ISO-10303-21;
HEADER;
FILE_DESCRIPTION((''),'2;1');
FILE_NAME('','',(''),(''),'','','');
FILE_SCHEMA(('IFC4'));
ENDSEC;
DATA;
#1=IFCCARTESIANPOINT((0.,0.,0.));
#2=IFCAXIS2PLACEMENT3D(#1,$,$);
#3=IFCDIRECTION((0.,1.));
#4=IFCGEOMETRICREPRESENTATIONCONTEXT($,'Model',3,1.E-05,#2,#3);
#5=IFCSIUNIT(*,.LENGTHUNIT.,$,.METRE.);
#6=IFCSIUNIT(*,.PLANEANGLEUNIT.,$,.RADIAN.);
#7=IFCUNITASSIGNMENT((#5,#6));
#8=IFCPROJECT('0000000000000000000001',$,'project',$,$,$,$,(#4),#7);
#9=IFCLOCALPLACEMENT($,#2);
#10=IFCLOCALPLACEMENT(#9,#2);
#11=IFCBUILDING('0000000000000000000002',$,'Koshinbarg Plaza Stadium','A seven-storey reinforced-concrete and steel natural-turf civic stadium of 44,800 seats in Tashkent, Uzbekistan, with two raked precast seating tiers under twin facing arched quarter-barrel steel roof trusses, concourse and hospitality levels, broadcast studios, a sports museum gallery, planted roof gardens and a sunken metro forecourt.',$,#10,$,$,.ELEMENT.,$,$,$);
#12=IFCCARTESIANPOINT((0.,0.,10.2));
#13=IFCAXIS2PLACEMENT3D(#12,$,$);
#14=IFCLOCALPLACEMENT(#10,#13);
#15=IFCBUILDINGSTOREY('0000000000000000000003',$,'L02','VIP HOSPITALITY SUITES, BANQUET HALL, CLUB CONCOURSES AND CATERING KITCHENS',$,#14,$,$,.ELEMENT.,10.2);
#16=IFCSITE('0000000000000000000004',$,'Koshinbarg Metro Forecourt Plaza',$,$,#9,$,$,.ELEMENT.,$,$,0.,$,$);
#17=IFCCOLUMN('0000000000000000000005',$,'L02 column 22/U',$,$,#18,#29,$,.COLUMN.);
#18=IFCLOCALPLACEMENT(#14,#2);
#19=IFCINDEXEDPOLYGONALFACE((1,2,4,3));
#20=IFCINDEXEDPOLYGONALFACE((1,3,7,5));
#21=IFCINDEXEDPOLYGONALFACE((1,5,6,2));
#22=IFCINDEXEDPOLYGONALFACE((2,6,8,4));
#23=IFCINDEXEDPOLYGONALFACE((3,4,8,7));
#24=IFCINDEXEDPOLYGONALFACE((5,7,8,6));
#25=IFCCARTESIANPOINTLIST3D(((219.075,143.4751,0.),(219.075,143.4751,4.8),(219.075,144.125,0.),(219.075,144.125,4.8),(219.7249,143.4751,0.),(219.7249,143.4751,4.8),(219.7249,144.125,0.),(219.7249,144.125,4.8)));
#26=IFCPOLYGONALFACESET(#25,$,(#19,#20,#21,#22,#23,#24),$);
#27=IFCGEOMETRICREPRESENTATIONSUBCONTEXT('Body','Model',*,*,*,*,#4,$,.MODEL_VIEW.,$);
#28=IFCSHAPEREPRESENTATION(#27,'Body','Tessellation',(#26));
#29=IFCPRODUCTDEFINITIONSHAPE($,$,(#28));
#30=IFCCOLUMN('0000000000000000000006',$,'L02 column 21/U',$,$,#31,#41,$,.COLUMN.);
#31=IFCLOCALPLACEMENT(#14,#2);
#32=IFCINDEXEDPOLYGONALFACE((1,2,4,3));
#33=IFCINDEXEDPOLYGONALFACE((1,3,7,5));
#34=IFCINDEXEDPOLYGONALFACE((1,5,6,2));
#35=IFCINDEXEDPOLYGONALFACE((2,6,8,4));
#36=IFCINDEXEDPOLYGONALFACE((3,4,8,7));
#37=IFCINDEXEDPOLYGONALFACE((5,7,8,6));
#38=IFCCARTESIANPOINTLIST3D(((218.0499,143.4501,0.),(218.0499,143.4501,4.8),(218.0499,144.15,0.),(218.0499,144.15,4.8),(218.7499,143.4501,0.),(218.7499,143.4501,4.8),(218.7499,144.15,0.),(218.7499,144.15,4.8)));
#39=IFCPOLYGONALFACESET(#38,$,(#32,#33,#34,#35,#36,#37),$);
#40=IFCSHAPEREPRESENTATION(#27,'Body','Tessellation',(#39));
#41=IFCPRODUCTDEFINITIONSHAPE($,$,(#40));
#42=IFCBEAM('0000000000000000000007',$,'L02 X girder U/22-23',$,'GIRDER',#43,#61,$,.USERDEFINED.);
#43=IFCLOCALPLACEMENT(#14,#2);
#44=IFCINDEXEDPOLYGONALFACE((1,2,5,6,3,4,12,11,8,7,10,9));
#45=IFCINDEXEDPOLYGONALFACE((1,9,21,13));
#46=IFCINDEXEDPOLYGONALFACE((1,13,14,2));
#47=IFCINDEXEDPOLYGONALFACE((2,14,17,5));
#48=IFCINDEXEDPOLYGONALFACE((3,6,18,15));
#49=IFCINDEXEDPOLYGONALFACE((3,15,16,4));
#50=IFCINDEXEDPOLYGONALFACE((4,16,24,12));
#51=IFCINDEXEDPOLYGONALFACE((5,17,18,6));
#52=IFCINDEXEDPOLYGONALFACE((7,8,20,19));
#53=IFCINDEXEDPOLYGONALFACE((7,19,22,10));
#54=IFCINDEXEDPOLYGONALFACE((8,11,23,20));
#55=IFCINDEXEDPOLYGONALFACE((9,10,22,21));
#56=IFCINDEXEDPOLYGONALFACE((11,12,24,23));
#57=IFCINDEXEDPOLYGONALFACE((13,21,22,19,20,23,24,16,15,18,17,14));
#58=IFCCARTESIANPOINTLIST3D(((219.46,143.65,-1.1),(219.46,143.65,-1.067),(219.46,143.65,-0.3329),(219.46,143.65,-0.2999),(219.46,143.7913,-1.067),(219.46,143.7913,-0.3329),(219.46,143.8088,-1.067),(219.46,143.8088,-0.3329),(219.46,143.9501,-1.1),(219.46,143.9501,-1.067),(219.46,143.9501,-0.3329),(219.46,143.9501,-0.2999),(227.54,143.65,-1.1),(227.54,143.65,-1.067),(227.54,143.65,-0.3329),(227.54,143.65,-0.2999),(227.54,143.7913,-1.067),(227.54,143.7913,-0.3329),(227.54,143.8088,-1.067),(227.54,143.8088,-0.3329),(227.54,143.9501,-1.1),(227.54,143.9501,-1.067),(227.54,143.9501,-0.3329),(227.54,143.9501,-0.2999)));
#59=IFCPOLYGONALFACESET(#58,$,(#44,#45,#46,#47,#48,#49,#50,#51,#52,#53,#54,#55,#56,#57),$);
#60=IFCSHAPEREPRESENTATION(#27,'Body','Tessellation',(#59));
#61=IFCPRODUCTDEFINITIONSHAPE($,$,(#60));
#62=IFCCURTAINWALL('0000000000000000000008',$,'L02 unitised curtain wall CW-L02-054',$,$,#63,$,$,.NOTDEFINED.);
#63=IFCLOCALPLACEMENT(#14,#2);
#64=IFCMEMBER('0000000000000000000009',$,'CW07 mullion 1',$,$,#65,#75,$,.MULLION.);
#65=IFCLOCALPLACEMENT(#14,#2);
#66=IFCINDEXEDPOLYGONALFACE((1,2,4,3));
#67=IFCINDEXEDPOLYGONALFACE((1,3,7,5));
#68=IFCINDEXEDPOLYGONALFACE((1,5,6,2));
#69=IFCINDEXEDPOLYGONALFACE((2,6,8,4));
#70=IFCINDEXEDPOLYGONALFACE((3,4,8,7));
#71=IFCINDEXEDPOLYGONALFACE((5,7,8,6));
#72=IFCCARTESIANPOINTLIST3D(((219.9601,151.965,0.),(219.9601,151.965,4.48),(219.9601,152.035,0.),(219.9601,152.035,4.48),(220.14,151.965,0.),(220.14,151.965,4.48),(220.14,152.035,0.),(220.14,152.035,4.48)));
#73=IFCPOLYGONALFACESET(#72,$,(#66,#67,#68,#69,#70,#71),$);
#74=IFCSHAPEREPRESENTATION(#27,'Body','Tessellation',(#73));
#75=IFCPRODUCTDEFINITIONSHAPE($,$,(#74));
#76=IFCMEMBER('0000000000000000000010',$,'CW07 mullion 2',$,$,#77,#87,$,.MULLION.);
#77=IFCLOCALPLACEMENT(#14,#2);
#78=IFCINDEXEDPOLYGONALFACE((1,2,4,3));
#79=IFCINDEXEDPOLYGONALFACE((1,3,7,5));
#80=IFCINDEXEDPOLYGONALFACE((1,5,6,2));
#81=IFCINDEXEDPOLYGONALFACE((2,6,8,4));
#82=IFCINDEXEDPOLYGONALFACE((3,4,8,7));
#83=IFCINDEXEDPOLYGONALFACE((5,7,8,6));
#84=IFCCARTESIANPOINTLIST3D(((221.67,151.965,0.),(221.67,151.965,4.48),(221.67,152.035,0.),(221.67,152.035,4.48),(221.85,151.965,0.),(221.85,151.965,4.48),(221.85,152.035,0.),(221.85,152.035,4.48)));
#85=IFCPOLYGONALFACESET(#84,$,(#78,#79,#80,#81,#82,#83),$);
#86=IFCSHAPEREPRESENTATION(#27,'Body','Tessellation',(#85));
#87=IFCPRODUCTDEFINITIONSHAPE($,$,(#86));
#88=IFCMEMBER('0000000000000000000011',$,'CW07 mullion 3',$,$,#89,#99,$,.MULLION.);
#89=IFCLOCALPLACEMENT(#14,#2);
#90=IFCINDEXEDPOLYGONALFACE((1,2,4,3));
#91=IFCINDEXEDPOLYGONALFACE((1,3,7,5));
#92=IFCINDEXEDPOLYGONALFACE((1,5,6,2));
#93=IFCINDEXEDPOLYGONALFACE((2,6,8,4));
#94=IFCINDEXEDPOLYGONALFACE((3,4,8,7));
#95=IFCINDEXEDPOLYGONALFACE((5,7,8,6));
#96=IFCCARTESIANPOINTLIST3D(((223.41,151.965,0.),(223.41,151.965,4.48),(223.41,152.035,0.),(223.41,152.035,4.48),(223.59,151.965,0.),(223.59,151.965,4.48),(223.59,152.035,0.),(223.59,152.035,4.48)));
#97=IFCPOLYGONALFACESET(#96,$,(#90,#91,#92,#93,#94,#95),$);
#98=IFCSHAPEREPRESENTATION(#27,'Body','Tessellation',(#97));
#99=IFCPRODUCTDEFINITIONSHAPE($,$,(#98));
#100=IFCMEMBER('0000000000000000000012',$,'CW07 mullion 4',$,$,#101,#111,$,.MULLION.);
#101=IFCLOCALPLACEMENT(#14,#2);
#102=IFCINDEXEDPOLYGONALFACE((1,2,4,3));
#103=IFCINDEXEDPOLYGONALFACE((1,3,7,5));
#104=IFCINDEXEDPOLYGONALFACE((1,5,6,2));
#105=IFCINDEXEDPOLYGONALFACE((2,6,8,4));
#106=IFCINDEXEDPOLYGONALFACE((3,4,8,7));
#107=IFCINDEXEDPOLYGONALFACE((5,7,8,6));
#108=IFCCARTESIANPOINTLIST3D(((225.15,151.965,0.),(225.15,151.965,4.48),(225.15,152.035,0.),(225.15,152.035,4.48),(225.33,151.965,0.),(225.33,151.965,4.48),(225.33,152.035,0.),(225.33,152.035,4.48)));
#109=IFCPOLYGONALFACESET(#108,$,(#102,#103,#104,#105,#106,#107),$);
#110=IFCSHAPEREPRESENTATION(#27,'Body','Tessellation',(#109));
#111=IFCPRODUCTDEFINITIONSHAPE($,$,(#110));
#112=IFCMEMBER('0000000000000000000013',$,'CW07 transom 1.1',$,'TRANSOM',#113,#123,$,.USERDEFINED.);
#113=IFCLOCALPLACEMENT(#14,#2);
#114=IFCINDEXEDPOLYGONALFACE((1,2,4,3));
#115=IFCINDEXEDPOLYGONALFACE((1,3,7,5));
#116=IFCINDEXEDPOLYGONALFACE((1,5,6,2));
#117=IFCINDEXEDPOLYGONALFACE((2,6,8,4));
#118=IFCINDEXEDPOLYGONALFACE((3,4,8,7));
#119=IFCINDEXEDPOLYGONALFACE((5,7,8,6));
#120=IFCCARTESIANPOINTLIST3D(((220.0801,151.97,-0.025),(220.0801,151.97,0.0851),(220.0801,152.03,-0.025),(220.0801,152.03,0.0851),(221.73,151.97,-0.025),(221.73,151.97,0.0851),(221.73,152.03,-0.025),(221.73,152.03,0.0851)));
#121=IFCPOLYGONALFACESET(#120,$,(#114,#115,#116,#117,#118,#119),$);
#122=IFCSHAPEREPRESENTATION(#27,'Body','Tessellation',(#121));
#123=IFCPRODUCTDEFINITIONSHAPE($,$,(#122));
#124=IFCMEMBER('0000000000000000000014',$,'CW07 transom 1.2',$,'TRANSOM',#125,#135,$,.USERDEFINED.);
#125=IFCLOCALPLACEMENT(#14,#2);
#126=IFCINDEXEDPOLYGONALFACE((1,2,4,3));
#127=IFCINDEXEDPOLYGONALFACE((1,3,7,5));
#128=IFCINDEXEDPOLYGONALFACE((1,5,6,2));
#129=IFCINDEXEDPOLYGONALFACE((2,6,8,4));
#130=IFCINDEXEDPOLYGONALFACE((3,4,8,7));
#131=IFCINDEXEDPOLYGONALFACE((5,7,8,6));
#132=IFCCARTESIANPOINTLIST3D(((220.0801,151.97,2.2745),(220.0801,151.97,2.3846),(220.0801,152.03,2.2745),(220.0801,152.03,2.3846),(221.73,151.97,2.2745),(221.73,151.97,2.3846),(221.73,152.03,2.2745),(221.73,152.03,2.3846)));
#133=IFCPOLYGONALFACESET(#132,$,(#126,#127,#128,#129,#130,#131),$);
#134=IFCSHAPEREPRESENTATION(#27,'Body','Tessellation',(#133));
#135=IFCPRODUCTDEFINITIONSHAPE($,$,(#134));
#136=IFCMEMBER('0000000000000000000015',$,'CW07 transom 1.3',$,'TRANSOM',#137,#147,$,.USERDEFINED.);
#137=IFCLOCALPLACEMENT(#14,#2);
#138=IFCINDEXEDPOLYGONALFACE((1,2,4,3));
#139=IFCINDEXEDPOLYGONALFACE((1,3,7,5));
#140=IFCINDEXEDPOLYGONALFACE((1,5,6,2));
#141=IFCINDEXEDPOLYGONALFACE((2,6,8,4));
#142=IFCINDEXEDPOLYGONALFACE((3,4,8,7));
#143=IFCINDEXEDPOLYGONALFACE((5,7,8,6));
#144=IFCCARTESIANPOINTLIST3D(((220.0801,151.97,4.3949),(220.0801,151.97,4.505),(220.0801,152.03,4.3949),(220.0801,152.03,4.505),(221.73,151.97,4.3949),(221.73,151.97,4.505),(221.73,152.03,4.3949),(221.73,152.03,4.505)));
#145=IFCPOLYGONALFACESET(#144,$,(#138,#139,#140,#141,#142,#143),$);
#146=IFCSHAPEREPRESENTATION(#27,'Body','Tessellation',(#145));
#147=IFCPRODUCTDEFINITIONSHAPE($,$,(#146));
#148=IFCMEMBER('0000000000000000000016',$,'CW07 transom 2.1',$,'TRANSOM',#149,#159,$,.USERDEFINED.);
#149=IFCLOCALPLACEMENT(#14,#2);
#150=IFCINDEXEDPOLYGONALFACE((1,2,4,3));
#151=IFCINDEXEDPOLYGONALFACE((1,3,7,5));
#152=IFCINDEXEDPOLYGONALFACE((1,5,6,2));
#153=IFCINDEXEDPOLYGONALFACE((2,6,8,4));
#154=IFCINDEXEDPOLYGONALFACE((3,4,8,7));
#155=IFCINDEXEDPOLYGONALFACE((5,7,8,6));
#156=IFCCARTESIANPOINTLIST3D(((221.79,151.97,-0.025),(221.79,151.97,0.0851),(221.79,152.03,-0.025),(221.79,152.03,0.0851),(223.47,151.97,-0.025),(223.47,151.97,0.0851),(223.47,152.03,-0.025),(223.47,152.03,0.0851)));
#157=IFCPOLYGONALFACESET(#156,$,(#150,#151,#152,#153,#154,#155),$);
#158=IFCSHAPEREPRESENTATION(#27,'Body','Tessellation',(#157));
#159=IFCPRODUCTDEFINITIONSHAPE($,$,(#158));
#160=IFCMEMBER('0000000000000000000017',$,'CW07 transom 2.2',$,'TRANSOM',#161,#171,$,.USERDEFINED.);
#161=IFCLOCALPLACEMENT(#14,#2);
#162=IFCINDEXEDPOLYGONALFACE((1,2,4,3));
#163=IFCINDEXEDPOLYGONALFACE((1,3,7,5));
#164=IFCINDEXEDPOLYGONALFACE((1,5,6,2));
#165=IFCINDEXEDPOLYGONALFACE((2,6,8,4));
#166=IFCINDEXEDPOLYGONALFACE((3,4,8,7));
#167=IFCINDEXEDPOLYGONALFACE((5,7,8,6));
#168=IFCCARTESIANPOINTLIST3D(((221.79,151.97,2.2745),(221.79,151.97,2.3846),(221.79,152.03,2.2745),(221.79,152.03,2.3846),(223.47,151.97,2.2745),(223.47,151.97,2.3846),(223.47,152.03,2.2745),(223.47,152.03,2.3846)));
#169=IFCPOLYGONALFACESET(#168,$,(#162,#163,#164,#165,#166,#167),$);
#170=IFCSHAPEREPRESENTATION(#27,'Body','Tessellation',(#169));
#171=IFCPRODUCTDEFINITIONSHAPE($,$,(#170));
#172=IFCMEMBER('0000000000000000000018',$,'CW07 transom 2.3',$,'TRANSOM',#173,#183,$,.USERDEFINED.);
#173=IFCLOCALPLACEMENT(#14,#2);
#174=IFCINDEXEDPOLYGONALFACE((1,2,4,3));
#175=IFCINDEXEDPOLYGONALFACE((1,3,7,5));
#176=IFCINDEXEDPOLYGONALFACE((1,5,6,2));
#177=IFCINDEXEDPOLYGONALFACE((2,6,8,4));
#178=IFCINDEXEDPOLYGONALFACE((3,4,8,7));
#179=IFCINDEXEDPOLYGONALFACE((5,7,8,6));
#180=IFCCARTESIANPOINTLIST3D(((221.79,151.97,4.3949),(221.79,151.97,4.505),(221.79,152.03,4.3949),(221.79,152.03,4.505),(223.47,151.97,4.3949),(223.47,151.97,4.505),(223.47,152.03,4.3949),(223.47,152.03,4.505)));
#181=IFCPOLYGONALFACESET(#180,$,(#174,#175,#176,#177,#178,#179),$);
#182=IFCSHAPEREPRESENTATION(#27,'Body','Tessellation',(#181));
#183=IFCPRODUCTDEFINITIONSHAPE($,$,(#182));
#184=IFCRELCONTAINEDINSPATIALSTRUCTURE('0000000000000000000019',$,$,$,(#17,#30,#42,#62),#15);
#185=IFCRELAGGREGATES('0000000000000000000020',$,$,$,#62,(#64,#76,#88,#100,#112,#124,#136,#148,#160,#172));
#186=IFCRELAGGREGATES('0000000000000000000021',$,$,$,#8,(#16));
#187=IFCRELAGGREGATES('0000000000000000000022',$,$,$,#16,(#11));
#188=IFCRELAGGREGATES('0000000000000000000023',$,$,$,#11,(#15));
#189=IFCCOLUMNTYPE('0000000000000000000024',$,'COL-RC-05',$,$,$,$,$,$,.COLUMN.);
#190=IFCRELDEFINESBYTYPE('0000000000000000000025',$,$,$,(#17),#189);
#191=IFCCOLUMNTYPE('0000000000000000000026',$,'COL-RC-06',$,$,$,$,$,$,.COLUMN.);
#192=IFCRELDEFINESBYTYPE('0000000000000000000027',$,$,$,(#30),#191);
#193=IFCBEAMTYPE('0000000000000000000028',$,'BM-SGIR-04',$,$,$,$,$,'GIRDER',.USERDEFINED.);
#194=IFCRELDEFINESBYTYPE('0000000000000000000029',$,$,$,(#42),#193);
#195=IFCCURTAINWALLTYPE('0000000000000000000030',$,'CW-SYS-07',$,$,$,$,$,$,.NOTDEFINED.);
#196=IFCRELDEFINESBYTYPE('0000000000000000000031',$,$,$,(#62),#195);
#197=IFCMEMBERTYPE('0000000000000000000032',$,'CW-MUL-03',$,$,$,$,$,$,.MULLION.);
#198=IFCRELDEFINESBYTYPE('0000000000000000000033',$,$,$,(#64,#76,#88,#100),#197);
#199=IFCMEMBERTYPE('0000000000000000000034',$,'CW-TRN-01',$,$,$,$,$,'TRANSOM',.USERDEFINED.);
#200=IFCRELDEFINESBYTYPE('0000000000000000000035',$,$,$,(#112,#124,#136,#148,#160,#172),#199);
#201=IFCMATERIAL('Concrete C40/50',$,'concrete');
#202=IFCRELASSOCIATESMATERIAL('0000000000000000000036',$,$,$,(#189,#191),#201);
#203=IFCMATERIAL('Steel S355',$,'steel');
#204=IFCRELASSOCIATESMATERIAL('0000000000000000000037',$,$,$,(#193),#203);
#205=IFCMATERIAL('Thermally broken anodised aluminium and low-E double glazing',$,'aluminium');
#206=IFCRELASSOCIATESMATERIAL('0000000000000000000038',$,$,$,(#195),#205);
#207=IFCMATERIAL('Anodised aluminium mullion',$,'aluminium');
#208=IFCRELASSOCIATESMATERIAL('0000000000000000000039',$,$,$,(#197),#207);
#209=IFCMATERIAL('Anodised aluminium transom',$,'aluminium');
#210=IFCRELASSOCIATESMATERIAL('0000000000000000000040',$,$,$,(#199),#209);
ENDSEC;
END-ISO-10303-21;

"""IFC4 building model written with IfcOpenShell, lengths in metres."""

from ifc_helpers import new_model, si_unit, direction, frame, origin, origin_2d, place, context, subcontext, project, spatial, rectangle, i_section, extrude, material, material_profile, profile_set, type_object, element, aggregate, save


model = new_model("IFC4")

# Units and contexts
model_context = context("Model", 3, precision=1e-05, world=origin(), true_north=direction((0.0, 1.0)))
body_context = subcontext(model_context, "Body", "Model", "MODEL_VIEW")
ifc_project = project(units=[si_unit("LENGTHUNIT", "METRE"), si_unit("PLANEANGLEUNIT", "RADIAN")], contexts=[model_context])

# Site, building, storey
site_placement = place(None, origin())
site = spatial("IfcSite", under=ifc_project, at=site_placement, Name="Koshinbarg Metro Forecourt Plaza", CompositionType="ELEMENT", RefElevation=0.0)
building_placement = place(site_placement, origin())
building = spatial("IfcBuilding", under=site, at=building_placement, Name="Koshinbarg Plaza Stadium", Description="A seven-storey reinforced-concrete and steel natural-turf civic stadium of 44,800 seats in Tashkent, Uzbekistan, with two raked precast seating tiers under twin facing arched quarter-barrel steel roof trusses, concourse and hospitality levels, broadcast studios, a sports museum gallery, planted roof gardens and a sunken metro forecourt.", CompositionType="ELEMENT")
storey_placement = place(building_placement, frame((0.0, 0.0, 10.2)))
storey = spatial("IfcBuildingStorey", under=building, at=storey_placement, Name="L02", Description="VIP HOSPITALITY SUITES, BANQUET HALL, CLUB CONCOURSES AND CATERING KITCHENS", CompositionType="ELEMENT", Elevation=10.2)

# Columns
ifc_material_1 = material(Name="Concrete C40/50", Category="concrete")
ifc_material_profile_1 = material_profile(ifc_material_1, rectangle(XDim=0.6499, YDim=0.6499, at=origin_2d()), Name="RC 650x650")
ifc_profile_set_1 = profile_set([ifc_material_profile_1], Name="Concrete C40/50")
column_type_1 = type_object("IfcColumnType", Name="COL-RC-05", PredefinedType="COLUMN", material=ifc_profile_set_1)
column_1_placement = place(storey_placement, frame((219.3999, 143.8, 0.0), z_axis=(0.0, 0.0, 1.0), x_axis=(1.0, 0.0, 0.0)))
element("IfcColumn", 1, at=column_1_placement, inside=storey, type_object=column_type_1, Name="L02 column 22/U", PredefinedType="COLUMN", context=body_context, shape_type="SweptSolid", body=[
    extrude(rectangle(XDim=0.6499, YDim=0.6499, at=origin_2d()), origin(), (0.0, 0.0, 1.0), 4.8),
])
ifc_material_profile_2 = material_profile(ifc_material_1, rectangle(XDim=0.7, YDim=0.7, at=origin_2d()), Name="RC 700x700")
ifc_profile_set_2 = profile_set([ifc_material_profile_2], Name="Concrete C40/50")
column_type_2 = type_object("IfcColumnType", Name="COL-RC-06", PredefinedType="COLUMN", material=ifc_profile_set_2)
column_2_placement = place(storey_placement, frame((218.3999, 143.8, 0.0), z_axis=(0.0, 0.0, 1.0), x_axis=(1.0, 0.0, 0.0)))
element("IfcColumn", 2, at=column_2_placement, inside=storey, type_object=column_type_2, Name="L02 column 21/U", PredefinedType="COLUMN", context=body_context, shape_type="SweptSolid", body=[
    extrude(rectangle(XDim=0.7, YDim=0.7, at=origin_2d()), origin(), (0.0, 0.0, 1.0), 4.8),
])

# Beam
ifc_material_2 = material(Name="Steel S355", Category="steel")
ifc_material_profile_3 = material_profile(ifc_material_2, i_section(OverallWidth=0.3, OverallDepth=0.8, WebThickness=0.0176, FlangeThickness=0.033, at=origin_2d()), Name="HEB 800")
ifc_profile_set_3 = profile_set([ifc_material_profile_3], Name="Steel S355")
beam_type = type_object("IfcBeamType", Name="BM-SGIR-04", ElementType="GIRDER", PredefinedType="USERDEFINED", material=ifc_profile_set_3)
beam_placement = place(storey_placement, frame((219.46, 143.8, -0.7), z_axis=(1.0, 0.0, 0.0), x_axis=(0.0, 1.0, 0.0)))
element("IfcBeam", 3, at=beam_placement, inside=storey, type_object=beam_type, Name="L02 X girder U/22-23", ObjectType="GIRDER", PredefinedType="USERDEFINED", context=body_context, shape_type="SweptSolid", body=[
    extrude(i_section(OverallWidth=0.3, OverallDepth=0.8, WebThickness=0.0176, FlangeThickness=0.033, at=origin_2d()), origin(), (0.0, 0.0, 1.0), 8.0801),
])

# Curtain wall, members
ifc_material_3 = material(Name="Thermally broken anodised aluminium and low-E double glazing", Category="aluminium")
curtain_wall_type = type_object("IfcCurtainWallType", Name="CW-SYS-07", PredefinedType="NOTDEFINED", material=ifc_material_3)
curtain_wall_placement = place(storey_placement, origin())
curtain_wall = element("IfcCurtainWall", 4, at=curtain_wall_placement, inside=storey, type_object=curtain_wall_type, Name="L02 unitised curtain wall CW-L02-054", PredefinedType="NOTDEFINED")
ifc_material_4 = material(Name="Anodised aluminium mullion", Category="aluminium")
ifc_material_profile_4 = material_profile(ifc_material_4, rectangle(XDim=0.0701, YDim=0.1799, at=origin_2d()), Name="ALU 70x180")
ifc_profile_set_4 = profile_set([ifc_material_profile_4], Name="Anodised aluminium mullion")
member_type_1 = type_object("IfcMemberType", Name="CW-MUL-03", PredefinedType="MULLION", material=ifc_profile_set_4)
member_1_placement = place(storey_placement, frame((220.05, 152.0, 0.0), z_axis=(0.0, 0.0, 1.0), x_axis=(0.0, 1.0, 0.0)))
member_1 = element("IfcMember", 5, at=member_1_placement, type_object=member_type_1, Name="CW07 mullion 1", PredefinedType="MULLION", context=body_context, shape_type="SweptSolid", body=[
    extrude(rectangle(XDim=0.0701, YDim=0.1799, at=origin_2d()), origin(), (0.0, 0.0, 1.0), 4.48),
])
member_2_placement = place(storey_placement, frame((221.76, 152.0, 0.0), z_axis=(0.0, 0.0, 1.0), x_axis=(0.0, 1.0, 0.0)))
member_2 = element("IfcMember", 6, at=member_2_placement, type_object=member_type_1, Name="CW07 mullion 2", PredefinedType="MULLION", context=body_context, shape_type="SweptSolid", body=[
    extrude(rectangle(XDim=0.0701, YDim=0.1799, at=origin_2d()), origin(), (0.0, 0.0, 1.0), 4.48),
])
member_3_placement = place(storey_placement, frame((223.5, 152.0, 0.0), z_axis=(0.0, 0.0, 1.0), x_axis=(0.0, 1.0, 0.0)))
member_3 = element("IfcMember", 7, at=member_3_placement, type_object=member_type_1, Name="CW07 mullion 3", PredefinedType="MULLION", context=body_context, shape_type="SweptSolid", body=[
    extrude(rectangle(XDim=0.0701, YDim=0.1799, at=origin_2d()), origin(), (0.0, 0.0, 1.0), 4.48),
])
member_4_placement = place(storey_placement, frame((225.24, 152.0, 0.0), z_axis=(0.0, 0.0, 1.0), x_axis=(0.0, 1.0, 0.0)))
member_4 = element("IfcMember", 8, at=member_4_placement, type_object=member_type_1, Name="CW07 mullion 4", PredefinedType="MULLION", context=body_context, shape_type="SweptSolid", body=[
    extrude(rectangle(XDim=0.0701, YDim=0.1799, at=origin_2d()), origin(), (0.0, 0.0, 1.0), 4.48),
])
ifc_material_5 = material(Name="Anodised aluminium transom", Category="aluminium")
ifc_material_profile_5 = material_profile(ifc_material_5, rectangle(XDim=0.0601, YDim=0.1101, at=origin_2d()), Name="ALU 60x110")
ifc_profile_set_5 = profile_set([ifc_material_profile_5], Name="Anodised aluminium transom")
member_type_2 = type_object("IfcMemberType", Name="CW-TRN-01", ElementType="TRANSOM", PredefinedType="USERDEFINED", material=ifc_profile_set_5)
member_5_placement = place(storey_placement, frame((220.0801, 152.0, 0.03), z_axis=(1.0, 0.0, 0.0), x_axis=(0.0, 1.0, 0.0)))
member_5 = element("IfcMember", 9, at=member_5_placement, type_object=member_type_2, Name="CW07 transom 1.1", ObjectType="TRANSOM", PredefinedType="USERDEFINED", context=body_context, shape_type="SweptSolid", body=[
    extrude(rectangle(XDim=0.0601, YDim=0.1101, at=origin_2d()), origin(), (0.0, 0.0, 1.0), 1.6499),
])
member_6_placement = place(storey_placement, frame((220.0801, 152.0, 2.3296), z_axis=(1.0, 0.0, 0.0), x_axis=(0.0, 1.0, 0.0)))
member_6 = element("IfcMember", 10, at=member_6_placement, type_object=member_type_2, Name="CW07 transom 1.2", ObjectType="TRANSOM", PredefinedType="USERDEFINED", context=body_context, shape_type="SweptSolid", body=[
    extrude(rectangle(XDim=0.0601, YDim=0.1101, at=origin_2d()), origin(), (0.0, 0.0, 1.0), 1.6499),
])
member_7_placement = place(storey_placement, frame((220.0801, 152.0, 4.45), z_axis=(1.0, 0.0, 0.0), x_axis=(0.0, 1.0, 0.0)))
member_7 = element("IfcMember", 11, at=member_7_placement, type_object=member_type_2, Name="CW07 transom 1.3", ObjectType="TRANSOM", PredefinedType="USERDEFINED", context=body_context, shape_type="SweptSolid", body=[
    extrude(rectangle(XDim=0.0601, YDim=0.1101, at=origin_2d()), origin(), (0.0, 0.0, 1.0), 1.6499),
])
member_8_placement = place(storey_placement, frame((221.79, 152.0, 0.03), z_axis=(1.0, 0.0, 0.0), x_axis=(0.0, 1.0, 0.0)))
member_8 = element("IfcMember", 12, at=member_8_placement, type_object=member_type_2, Name="CW07 transom 2.1", ObjectType="TRANSOM", PredefinedType="USERDEFINED", context=body_context, shape_type="SweptSolid", body=[
    extrude(rectangle(XDim=0.0601, YDim=0.1101, at=origin_2d()), origin(), (0.0, 0.0, 1.0), 1.6799),
])
member_9_placement = place(storey_placement, frame((221.79, 152.0, 2.3296), z_axis=(1.0, 0.0, 0.0), x_axis=(0.0, 1.0, 0.0)))
member_9 = element("IfcMember", 13, at=member_9_placement, type_object=member_type_2, Name="CW07 transom 2.2", ObjectType="TRANSOM", PredefinedType="USERDEFINED", context=body_context, shape_type="SweptSolid", body=[
    extrude(rectangle(XDim=0.0601, YDim=0.1101, at=origin_2d()), origin(), (0.0, 0.0, 1.0), 1.6799),
])
member_10_placement = place(storey_placement, frame((221.79, 152.0, 4.45), z_axis=(1.0, 0.0, 0.0), x_axis=(0.0, 1.0, 0.0)))
member_10 = element("IfcMember", 14, at=member_10_placement, type_object=member_type_2, Name="CW07 transom 2.3", ObjectType="TRANSOM", PredefinedType="USERDEFINED", context=body_context, shape_type="SweptSolid", body=[
    extrude(rectangle(XDim=0.0601, YDim=0.1101, at=origin_2d()), origin(), (0.0, 0.0, 1.0), 1.6799),
])
aggregate(curtain_wall, [member_1, member_2, member_3, member_4, member_5, member_6, member_7, member_8, member_9, member_10])

save(model, "model.ifc")
